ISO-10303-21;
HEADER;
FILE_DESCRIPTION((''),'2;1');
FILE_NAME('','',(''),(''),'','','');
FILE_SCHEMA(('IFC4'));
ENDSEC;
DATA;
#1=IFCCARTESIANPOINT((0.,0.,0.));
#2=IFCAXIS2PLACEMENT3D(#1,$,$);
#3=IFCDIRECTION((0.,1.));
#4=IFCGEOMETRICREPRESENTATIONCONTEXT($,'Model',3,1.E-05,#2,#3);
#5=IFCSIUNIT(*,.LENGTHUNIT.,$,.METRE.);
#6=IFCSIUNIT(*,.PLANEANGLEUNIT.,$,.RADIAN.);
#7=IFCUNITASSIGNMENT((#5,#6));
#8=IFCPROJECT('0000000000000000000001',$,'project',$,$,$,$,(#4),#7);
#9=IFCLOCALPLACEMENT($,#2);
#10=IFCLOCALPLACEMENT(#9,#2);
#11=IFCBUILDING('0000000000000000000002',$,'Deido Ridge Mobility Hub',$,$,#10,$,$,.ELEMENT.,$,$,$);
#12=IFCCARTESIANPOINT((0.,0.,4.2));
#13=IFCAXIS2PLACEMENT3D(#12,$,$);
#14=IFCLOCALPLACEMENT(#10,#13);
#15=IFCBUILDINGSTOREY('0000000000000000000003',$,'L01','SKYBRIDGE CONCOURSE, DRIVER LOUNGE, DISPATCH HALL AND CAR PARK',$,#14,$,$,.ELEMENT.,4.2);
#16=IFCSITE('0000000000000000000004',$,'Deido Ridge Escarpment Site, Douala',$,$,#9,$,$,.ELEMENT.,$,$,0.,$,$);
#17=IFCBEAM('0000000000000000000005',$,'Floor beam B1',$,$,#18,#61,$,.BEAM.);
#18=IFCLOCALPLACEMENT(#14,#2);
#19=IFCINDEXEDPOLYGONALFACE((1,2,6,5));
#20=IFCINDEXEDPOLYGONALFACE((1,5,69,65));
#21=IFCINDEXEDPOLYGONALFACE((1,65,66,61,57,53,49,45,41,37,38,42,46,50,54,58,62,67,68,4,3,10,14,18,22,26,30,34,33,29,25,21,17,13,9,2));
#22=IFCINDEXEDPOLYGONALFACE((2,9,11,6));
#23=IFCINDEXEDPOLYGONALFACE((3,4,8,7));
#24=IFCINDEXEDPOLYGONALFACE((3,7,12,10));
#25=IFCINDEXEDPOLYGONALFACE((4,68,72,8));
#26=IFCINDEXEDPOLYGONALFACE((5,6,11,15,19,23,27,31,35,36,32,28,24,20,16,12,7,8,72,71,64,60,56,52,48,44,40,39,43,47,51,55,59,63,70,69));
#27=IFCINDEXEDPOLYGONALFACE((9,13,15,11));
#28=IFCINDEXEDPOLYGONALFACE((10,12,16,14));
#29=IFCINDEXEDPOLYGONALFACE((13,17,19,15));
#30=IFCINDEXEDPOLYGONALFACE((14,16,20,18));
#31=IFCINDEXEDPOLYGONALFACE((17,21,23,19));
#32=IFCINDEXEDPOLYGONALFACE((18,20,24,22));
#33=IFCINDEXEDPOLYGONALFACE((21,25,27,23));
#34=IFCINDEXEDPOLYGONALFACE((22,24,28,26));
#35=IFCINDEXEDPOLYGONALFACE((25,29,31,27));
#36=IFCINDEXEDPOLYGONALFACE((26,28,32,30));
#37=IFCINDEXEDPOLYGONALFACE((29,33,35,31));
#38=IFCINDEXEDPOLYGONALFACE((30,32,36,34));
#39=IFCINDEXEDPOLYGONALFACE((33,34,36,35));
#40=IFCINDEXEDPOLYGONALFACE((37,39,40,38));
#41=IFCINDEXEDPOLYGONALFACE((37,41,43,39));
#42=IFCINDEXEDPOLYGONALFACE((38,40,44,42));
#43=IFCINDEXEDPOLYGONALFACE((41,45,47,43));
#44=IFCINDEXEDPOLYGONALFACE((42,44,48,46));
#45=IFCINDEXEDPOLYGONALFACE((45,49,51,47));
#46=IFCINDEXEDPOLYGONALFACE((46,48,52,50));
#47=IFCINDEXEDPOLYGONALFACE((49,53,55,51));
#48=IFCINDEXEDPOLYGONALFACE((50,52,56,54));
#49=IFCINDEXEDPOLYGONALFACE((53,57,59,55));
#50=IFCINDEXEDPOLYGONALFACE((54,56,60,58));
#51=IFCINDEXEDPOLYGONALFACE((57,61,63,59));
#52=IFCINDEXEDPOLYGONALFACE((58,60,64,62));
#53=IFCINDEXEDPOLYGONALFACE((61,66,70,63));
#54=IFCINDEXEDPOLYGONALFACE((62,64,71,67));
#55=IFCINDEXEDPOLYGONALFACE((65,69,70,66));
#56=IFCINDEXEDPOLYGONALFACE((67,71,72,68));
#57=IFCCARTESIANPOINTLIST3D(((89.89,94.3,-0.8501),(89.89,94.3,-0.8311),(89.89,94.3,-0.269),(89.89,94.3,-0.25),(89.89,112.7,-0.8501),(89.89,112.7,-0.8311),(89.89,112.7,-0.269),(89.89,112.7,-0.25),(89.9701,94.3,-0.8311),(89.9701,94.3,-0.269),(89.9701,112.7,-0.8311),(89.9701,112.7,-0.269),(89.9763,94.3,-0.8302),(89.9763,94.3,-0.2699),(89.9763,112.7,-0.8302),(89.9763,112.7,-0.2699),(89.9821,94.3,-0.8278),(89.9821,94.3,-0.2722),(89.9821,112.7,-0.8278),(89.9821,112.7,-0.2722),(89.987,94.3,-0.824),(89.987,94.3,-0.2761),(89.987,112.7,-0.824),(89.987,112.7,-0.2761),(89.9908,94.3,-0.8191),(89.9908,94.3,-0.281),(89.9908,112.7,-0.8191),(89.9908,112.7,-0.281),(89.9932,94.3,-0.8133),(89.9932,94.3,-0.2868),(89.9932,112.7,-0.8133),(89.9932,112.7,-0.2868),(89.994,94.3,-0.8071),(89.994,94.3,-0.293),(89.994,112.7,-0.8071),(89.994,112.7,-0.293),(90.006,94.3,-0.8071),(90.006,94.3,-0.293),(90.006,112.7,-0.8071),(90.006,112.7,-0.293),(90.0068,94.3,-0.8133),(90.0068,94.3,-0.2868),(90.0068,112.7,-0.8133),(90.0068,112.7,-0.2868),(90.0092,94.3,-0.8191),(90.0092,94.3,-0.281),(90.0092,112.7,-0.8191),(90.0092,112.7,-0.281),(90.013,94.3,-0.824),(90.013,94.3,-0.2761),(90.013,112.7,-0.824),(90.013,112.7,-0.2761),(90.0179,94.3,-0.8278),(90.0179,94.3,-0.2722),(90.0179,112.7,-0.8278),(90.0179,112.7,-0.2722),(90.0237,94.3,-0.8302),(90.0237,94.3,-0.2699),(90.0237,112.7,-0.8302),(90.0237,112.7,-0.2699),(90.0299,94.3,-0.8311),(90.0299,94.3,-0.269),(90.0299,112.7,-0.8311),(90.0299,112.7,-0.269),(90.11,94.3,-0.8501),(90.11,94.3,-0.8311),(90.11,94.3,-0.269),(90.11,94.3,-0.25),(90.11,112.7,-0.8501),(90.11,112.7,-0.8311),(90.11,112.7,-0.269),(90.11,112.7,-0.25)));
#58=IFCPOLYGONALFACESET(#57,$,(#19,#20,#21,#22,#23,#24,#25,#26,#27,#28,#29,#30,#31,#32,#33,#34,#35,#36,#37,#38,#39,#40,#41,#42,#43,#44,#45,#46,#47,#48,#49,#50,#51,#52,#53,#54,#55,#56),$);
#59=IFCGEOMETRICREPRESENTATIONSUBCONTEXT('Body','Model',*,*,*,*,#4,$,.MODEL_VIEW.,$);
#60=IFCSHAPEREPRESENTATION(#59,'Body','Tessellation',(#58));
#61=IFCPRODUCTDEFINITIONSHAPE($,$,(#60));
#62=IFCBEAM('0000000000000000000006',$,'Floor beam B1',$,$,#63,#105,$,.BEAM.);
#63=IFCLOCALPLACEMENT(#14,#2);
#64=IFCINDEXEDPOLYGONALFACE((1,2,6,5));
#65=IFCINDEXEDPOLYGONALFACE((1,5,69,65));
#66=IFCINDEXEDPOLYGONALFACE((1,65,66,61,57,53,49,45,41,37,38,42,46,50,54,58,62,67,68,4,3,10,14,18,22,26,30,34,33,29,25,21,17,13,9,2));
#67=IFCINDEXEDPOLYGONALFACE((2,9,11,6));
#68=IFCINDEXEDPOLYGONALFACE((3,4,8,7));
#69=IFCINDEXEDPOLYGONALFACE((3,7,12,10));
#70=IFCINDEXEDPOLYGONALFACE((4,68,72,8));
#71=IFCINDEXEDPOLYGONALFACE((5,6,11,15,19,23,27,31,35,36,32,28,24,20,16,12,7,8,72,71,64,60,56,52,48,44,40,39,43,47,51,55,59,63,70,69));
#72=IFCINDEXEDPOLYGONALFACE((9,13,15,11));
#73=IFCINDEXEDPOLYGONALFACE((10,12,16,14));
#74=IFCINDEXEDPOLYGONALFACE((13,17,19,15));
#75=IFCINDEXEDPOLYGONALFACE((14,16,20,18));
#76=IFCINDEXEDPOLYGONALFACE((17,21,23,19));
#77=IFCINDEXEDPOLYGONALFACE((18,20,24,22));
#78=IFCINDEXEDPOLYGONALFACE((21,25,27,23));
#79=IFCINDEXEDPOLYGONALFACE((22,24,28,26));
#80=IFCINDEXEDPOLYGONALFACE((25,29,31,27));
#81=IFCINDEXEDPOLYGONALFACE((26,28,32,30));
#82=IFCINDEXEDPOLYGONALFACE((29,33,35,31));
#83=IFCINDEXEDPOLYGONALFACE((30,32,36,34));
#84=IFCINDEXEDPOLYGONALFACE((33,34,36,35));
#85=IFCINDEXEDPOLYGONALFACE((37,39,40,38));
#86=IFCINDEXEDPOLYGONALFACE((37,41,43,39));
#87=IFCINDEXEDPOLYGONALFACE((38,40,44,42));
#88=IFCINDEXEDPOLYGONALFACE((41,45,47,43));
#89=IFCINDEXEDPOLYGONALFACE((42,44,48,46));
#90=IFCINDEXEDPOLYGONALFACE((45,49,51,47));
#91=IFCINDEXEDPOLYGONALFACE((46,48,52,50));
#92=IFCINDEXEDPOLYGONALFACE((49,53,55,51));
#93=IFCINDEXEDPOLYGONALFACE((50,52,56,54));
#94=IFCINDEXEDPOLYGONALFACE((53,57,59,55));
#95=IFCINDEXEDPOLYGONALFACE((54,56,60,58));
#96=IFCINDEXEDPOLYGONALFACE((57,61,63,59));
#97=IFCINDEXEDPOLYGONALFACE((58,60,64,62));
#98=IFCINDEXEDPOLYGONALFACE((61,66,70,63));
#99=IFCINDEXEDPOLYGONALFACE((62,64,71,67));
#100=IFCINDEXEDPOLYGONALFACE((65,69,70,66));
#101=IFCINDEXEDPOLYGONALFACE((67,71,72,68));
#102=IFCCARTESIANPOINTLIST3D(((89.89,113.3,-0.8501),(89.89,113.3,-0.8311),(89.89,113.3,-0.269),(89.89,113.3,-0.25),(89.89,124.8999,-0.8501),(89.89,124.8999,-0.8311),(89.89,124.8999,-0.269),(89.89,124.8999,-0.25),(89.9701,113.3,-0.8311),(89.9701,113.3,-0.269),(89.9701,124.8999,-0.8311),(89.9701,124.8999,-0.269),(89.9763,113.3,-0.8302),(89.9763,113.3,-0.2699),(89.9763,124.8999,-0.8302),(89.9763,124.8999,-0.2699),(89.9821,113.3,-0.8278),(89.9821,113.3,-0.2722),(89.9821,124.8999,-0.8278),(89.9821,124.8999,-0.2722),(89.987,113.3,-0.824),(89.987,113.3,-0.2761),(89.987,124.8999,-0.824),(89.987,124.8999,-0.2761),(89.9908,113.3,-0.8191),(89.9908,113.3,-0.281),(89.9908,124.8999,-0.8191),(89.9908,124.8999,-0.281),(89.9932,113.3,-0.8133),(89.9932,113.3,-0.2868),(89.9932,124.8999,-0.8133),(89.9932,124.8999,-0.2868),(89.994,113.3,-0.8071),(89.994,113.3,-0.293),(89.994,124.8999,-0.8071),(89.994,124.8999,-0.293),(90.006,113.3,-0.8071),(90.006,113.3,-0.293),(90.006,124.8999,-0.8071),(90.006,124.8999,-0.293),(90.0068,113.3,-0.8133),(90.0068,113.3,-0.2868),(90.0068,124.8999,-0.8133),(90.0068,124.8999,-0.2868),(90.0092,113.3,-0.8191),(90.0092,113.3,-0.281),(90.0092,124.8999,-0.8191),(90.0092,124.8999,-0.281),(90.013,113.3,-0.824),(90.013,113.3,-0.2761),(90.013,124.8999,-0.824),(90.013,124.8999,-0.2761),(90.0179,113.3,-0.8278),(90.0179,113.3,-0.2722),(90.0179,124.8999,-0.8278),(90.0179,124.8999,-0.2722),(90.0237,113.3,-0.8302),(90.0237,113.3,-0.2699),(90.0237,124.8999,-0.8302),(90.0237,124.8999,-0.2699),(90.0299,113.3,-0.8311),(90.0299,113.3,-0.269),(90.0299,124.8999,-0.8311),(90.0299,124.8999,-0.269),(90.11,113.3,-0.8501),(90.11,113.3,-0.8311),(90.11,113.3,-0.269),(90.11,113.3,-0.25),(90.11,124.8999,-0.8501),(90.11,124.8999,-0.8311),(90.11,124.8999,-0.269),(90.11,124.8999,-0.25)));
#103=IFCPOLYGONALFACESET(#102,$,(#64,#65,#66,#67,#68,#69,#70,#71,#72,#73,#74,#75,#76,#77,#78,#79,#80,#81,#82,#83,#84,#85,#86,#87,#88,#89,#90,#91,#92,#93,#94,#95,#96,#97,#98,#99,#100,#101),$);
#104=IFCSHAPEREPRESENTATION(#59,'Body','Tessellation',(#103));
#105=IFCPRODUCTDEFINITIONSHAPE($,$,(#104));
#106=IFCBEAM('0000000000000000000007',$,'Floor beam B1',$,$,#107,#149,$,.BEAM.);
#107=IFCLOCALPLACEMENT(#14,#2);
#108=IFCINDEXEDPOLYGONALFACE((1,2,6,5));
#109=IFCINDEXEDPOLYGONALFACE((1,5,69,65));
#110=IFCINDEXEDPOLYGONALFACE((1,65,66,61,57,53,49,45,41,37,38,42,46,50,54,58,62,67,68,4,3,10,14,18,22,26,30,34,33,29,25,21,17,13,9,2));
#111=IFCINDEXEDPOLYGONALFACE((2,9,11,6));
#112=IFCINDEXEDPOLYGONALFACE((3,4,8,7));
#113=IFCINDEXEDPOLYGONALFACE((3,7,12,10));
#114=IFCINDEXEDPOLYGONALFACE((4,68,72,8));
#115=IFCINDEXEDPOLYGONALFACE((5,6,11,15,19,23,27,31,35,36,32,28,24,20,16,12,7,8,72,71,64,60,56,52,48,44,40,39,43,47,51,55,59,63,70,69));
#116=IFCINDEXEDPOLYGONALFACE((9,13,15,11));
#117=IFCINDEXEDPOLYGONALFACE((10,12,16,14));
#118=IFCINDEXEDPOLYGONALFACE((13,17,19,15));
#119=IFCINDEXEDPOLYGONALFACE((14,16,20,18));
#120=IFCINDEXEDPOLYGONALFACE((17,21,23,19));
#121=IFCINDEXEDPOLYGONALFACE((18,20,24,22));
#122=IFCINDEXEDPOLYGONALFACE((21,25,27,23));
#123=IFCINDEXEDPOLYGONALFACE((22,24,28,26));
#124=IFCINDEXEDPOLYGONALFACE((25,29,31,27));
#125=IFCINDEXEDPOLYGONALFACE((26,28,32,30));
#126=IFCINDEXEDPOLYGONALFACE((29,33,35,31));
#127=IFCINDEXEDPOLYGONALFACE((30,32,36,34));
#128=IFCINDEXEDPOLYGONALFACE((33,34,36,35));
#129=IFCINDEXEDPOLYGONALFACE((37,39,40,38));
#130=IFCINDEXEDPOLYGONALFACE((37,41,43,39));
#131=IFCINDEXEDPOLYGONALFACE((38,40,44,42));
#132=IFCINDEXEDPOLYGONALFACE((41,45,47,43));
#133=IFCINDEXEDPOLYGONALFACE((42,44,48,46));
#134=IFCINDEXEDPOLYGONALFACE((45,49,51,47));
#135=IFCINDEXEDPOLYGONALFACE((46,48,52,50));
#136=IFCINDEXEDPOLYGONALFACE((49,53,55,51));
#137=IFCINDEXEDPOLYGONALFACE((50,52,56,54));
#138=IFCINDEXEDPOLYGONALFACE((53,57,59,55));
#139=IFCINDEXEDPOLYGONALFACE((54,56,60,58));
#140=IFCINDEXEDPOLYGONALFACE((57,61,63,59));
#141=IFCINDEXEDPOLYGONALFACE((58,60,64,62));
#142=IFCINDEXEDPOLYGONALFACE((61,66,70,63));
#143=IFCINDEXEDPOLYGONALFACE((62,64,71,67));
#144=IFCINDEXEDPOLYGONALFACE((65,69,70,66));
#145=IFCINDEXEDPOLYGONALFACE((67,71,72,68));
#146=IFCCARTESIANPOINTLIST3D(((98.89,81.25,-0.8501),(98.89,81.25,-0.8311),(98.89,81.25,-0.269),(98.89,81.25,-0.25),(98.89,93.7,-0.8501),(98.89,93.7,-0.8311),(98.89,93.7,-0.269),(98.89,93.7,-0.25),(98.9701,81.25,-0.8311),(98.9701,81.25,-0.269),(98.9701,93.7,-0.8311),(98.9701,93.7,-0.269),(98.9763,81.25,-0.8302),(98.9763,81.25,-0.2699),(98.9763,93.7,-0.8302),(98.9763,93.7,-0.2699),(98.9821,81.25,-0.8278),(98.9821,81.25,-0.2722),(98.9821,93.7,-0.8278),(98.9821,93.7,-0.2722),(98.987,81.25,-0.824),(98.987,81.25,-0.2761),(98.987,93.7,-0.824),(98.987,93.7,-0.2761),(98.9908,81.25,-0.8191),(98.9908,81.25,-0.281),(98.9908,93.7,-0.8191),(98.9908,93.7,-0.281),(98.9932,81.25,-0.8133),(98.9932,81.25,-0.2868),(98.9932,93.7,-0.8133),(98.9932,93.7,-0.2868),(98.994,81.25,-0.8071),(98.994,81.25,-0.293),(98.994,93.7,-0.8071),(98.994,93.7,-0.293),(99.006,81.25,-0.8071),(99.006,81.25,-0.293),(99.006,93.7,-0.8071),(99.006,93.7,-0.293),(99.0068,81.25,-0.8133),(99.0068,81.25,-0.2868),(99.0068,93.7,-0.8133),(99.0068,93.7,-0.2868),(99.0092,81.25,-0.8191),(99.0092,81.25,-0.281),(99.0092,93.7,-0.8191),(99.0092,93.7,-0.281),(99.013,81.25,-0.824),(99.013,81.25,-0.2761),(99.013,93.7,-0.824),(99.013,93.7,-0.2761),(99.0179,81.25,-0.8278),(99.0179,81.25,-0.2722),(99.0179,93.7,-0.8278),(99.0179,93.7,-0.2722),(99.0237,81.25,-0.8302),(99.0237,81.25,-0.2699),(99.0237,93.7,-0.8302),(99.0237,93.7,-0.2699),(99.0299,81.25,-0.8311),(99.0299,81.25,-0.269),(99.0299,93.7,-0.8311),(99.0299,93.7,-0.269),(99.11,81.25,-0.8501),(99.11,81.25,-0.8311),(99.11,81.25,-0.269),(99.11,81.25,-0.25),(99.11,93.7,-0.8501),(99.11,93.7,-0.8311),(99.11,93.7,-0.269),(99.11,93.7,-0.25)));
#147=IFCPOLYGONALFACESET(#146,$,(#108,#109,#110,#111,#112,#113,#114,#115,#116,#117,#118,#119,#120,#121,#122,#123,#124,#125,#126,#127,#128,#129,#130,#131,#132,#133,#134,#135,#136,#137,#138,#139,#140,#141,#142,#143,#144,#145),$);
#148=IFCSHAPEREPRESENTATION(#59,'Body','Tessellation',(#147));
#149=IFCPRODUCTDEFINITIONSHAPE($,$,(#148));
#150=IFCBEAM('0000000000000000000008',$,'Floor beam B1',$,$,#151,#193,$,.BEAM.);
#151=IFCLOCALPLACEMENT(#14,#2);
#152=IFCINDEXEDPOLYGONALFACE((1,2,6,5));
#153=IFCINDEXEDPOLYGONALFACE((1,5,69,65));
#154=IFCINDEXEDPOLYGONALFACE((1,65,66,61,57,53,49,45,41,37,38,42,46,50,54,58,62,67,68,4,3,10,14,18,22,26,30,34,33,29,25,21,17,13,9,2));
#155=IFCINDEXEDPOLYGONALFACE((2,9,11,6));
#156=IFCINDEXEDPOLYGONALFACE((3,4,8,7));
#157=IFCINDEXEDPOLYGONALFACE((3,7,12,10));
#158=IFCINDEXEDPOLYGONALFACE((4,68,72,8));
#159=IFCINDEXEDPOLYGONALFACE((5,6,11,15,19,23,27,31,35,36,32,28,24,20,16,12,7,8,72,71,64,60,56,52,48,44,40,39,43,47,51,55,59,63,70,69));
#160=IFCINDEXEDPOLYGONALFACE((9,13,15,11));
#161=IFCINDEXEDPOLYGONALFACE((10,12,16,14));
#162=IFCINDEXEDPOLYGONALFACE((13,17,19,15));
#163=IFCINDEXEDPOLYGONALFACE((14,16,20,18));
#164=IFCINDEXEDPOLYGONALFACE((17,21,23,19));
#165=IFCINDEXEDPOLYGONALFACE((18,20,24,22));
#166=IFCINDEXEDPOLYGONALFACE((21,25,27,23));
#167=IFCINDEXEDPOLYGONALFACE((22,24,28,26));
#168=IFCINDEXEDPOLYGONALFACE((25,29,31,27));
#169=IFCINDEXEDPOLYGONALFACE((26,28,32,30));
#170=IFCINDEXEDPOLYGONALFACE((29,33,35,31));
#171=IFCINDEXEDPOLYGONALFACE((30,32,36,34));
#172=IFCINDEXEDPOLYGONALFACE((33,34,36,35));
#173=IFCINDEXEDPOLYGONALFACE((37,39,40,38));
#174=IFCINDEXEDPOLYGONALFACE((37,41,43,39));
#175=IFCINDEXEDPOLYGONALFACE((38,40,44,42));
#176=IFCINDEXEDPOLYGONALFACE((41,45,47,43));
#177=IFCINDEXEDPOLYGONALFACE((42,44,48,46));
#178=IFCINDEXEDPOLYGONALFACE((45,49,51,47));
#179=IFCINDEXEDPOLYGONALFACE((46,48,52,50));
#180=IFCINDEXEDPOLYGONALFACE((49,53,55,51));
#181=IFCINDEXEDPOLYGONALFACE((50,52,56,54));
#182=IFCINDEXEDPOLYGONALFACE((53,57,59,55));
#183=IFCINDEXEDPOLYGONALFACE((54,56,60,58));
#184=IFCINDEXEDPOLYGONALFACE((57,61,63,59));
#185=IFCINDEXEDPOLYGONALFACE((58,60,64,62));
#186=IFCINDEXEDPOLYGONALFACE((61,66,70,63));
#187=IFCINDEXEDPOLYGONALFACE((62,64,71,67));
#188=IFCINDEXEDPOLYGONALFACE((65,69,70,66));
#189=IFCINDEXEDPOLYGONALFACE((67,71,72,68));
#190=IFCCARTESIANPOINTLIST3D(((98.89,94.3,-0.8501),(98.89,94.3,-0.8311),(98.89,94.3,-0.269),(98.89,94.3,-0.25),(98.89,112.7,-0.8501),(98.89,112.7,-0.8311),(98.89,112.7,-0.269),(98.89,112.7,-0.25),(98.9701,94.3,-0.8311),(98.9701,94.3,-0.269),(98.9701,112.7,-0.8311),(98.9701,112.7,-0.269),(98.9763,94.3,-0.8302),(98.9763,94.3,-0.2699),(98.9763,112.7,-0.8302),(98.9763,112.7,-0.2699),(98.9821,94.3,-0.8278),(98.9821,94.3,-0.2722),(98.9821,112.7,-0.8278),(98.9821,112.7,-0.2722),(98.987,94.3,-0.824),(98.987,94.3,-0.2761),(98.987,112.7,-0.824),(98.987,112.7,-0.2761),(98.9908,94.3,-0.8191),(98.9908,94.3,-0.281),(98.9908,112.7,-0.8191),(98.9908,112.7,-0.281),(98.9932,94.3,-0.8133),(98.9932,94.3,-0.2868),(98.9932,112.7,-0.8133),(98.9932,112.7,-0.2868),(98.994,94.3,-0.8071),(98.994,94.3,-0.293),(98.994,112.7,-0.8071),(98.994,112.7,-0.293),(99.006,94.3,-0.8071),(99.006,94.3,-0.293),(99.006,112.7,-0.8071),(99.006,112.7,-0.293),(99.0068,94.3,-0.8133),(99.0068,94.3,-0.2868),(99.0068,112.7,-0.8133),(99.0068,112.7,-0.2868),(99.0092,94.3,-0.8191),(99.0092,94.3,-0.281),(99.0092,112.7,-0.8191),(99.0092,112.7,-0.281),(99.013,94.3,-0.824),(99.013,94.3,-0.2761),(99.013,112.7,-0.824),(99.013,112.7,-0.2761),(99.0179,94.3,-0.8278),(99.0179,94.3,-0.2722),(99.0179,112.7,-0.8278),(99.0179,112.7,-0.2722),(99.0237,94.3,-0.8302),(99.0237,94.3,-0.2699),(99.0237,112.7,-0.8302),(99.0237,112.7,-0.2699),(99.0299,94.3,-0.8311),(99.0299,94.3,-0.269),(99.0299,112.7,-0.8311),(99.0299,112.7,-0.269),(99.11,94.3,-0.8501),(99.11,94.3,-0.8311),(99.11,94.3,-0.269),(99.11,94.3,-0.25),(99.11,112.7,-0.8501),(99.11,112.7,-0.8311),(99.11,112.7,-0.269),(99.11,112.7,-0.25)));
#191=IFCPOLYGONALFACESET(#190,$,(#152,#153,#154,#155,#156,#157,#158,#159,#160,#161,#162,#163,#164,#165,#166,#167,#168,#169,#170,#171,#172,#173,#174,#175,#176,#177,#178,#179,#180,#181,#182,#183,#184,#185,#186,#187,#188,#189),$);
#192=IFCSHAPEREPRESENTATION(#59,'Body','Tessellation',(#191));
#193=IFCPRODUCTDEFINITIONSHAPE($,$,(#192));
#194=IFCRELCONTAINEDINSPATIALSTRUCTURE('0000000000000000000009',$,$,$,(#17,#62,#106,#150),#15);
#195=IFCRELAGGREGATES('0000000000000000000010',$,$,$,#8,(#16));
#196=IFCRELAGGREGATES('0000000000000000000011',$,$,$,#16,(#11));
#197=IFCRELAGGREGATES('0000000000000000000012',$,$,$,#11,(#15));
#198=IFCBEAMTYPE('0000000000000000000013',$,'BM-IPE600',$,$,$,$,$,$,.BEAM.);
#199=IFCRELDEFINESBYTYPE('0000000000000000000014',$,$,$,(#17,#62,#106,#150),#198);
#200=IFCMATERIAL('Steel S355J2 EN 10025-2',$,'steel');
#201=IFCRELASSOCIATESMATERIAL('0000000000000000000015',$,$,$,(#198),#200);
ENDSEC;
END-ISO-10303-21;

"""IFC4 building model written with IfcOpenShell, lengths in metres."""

from ifc_helpers import new_model, si_unit, direction, frame, origin, origin_2d, place, context, subcontext, project, spatial, i_section, extrude, material, material_profile, profile_set, type_object, element, save


model = new_model("IFC4")

# Units and contexts
model_context = context("Model", 3, precision=1e-05, world=origin(), true_north=direction((0.0, 1.0)))
body_context = subcontext(model_context, "Body", "Model", "MODEL_VIEW")
ifc_project = project(units=[si_unit("LENGTHUNIT", "METRE"), si_unit("PLANEANGLEUNIT", "RADIAN")], contexts=[model_context])

# Site, building, storey
site_placement = place(None, origin())
site = spatial("IfcSite", under=ifc_project, at=site_placement, Name="Deido Ridge Escarpment Site, Douala", CompositionType="ELEMENT", RefElevation=0.0)
building_placement = place(site_placement, origin())
building = spatial("IfcBuilding", under=site, at=building_placement, Name="Deido Ridge Mobility Hub", CompositionType="ELEMENT")
storey_placement = place(building_placement, frame((0.0, 0.0, 4.2)))
storey = spatial("IfcBuildingStorey", under=building, at=storey_placement, Name="L01", Description="SKYBRIDGE CONCOURSE, DRIVER LOUNGE, DISPATCH HALL AND CAR PARK", CompositionType="ELEMENT", Elevation=4.2)

# Shared definitions
ifc_material_1 = material(Name="Steel S355J2 EN 10025-2", Category="steel")

# Beams
ifc_material_profile_1 = material_profile(ifc_material_1, i_section(OverallWidth=0.22, OverallDepth=0.6001, WebThickness=0.012, FlangeThickness=0.019, FilletRadius=0.0239, at=origin_2d()), Name="IPE 600")
ifc_profile_set_1 = profile_set([ifc_material_profile_1], Name="Steel S355J2 EN 10025-2")
beam_type_1 = type_object("IfcBeamType", Name="BM-IPE600", PredefinedType="BEAM", material=ifc_profile_set_1)
beam_1_placement = place(storey_placement, frame((90.0, 94.3, -0.55), z_axis=(0.0, 1.0, 0.0), x_axis=(-1.0, 0.0, 0.0)))
element("IfcBeam", 1, at=beam_1_placement, inside=storey, type_object=beam_type_1, Name="Floor beam B1", PredefinedType="BEAM", context=body_context, shape_type="SweptSolid", body=[
    extrude(i_section(OverallWidth=0.22, OverallDepth=0.6001, WebThickness=0.012, FlangeThickness=0.019, FilletRadius=0.0239, at=origin_2d()), origin(), (0.0, 0.0, 1.0), 18.3999),
])
beam_2_placement = place(storey_placement, frame((90.0, 113.3, -0.55), z_axis=(0.0, 1.0, 0.0), x_axis=(-1.0, 0.0, 0.0)))
element("IfcBeam", 2, at=beam_2_placement, inside=storey, type_object=beam_type_1, Name="Floor beam B1", PredefinedType="BEAM", context=body_context, shape_type="SweptSolid", body=[
    extrude(i_section(OverallWidth=0.22, OverallDepth=0.6001, WebThickness=0.012, FlangeThickness=0.019, FilletRadius=0.0239, at=origin_2d()), origin(), (0.0, 0.0, 1.0), 11.5999),
])
beam_3_placement = place(storey_placement, frame((99.0, 81.25, -0.55), z_axis=(0.0, 1.0, 0.0), x_axis=(-1.0, 0.0, 0.0)))
element("IfcBeam", 3, at=beam_3_placement, inside=storey, type_object=beam_type_1, Name="Floor beam B1", PredefinedType="BEAM", context=body_context, shape_type="SweptSolid", body=[
    extrude(i_section(OverallWidth=0.22, OverallDepth=0.6001, WebThickness=0.012, FlangeThickness=0.019, FilletRadius=0.0239, at=origin_2d()), origin(), (0.0, 0.0, 1.0), 12.45),
])
beam_4_placement = place(storey_placement, frame((99.0, 94.3, -0.55), z_axis=(0.0, 1.0, 0.0), x_axis=(-1.0, 0.0, 0.0)))
element("IfcBeam", 4, at=beam_4_placement, inside=storey, type_object=beam_type_1, Name="Floor beam B1", PredefinedType="BEAM", context=body_context, shape_type="SweptSolid", body=[
    extrude(i_section(OverallWidth=0.22, OverallDepth=0.6001, WebThickness=0.012, FlangeThickness=0.019, FilletRadius=0.0239, at=origin_2d()), origin(), (0.0, 0.0, 1.0), 18.3999),
])

save(model, "model.ifc")
